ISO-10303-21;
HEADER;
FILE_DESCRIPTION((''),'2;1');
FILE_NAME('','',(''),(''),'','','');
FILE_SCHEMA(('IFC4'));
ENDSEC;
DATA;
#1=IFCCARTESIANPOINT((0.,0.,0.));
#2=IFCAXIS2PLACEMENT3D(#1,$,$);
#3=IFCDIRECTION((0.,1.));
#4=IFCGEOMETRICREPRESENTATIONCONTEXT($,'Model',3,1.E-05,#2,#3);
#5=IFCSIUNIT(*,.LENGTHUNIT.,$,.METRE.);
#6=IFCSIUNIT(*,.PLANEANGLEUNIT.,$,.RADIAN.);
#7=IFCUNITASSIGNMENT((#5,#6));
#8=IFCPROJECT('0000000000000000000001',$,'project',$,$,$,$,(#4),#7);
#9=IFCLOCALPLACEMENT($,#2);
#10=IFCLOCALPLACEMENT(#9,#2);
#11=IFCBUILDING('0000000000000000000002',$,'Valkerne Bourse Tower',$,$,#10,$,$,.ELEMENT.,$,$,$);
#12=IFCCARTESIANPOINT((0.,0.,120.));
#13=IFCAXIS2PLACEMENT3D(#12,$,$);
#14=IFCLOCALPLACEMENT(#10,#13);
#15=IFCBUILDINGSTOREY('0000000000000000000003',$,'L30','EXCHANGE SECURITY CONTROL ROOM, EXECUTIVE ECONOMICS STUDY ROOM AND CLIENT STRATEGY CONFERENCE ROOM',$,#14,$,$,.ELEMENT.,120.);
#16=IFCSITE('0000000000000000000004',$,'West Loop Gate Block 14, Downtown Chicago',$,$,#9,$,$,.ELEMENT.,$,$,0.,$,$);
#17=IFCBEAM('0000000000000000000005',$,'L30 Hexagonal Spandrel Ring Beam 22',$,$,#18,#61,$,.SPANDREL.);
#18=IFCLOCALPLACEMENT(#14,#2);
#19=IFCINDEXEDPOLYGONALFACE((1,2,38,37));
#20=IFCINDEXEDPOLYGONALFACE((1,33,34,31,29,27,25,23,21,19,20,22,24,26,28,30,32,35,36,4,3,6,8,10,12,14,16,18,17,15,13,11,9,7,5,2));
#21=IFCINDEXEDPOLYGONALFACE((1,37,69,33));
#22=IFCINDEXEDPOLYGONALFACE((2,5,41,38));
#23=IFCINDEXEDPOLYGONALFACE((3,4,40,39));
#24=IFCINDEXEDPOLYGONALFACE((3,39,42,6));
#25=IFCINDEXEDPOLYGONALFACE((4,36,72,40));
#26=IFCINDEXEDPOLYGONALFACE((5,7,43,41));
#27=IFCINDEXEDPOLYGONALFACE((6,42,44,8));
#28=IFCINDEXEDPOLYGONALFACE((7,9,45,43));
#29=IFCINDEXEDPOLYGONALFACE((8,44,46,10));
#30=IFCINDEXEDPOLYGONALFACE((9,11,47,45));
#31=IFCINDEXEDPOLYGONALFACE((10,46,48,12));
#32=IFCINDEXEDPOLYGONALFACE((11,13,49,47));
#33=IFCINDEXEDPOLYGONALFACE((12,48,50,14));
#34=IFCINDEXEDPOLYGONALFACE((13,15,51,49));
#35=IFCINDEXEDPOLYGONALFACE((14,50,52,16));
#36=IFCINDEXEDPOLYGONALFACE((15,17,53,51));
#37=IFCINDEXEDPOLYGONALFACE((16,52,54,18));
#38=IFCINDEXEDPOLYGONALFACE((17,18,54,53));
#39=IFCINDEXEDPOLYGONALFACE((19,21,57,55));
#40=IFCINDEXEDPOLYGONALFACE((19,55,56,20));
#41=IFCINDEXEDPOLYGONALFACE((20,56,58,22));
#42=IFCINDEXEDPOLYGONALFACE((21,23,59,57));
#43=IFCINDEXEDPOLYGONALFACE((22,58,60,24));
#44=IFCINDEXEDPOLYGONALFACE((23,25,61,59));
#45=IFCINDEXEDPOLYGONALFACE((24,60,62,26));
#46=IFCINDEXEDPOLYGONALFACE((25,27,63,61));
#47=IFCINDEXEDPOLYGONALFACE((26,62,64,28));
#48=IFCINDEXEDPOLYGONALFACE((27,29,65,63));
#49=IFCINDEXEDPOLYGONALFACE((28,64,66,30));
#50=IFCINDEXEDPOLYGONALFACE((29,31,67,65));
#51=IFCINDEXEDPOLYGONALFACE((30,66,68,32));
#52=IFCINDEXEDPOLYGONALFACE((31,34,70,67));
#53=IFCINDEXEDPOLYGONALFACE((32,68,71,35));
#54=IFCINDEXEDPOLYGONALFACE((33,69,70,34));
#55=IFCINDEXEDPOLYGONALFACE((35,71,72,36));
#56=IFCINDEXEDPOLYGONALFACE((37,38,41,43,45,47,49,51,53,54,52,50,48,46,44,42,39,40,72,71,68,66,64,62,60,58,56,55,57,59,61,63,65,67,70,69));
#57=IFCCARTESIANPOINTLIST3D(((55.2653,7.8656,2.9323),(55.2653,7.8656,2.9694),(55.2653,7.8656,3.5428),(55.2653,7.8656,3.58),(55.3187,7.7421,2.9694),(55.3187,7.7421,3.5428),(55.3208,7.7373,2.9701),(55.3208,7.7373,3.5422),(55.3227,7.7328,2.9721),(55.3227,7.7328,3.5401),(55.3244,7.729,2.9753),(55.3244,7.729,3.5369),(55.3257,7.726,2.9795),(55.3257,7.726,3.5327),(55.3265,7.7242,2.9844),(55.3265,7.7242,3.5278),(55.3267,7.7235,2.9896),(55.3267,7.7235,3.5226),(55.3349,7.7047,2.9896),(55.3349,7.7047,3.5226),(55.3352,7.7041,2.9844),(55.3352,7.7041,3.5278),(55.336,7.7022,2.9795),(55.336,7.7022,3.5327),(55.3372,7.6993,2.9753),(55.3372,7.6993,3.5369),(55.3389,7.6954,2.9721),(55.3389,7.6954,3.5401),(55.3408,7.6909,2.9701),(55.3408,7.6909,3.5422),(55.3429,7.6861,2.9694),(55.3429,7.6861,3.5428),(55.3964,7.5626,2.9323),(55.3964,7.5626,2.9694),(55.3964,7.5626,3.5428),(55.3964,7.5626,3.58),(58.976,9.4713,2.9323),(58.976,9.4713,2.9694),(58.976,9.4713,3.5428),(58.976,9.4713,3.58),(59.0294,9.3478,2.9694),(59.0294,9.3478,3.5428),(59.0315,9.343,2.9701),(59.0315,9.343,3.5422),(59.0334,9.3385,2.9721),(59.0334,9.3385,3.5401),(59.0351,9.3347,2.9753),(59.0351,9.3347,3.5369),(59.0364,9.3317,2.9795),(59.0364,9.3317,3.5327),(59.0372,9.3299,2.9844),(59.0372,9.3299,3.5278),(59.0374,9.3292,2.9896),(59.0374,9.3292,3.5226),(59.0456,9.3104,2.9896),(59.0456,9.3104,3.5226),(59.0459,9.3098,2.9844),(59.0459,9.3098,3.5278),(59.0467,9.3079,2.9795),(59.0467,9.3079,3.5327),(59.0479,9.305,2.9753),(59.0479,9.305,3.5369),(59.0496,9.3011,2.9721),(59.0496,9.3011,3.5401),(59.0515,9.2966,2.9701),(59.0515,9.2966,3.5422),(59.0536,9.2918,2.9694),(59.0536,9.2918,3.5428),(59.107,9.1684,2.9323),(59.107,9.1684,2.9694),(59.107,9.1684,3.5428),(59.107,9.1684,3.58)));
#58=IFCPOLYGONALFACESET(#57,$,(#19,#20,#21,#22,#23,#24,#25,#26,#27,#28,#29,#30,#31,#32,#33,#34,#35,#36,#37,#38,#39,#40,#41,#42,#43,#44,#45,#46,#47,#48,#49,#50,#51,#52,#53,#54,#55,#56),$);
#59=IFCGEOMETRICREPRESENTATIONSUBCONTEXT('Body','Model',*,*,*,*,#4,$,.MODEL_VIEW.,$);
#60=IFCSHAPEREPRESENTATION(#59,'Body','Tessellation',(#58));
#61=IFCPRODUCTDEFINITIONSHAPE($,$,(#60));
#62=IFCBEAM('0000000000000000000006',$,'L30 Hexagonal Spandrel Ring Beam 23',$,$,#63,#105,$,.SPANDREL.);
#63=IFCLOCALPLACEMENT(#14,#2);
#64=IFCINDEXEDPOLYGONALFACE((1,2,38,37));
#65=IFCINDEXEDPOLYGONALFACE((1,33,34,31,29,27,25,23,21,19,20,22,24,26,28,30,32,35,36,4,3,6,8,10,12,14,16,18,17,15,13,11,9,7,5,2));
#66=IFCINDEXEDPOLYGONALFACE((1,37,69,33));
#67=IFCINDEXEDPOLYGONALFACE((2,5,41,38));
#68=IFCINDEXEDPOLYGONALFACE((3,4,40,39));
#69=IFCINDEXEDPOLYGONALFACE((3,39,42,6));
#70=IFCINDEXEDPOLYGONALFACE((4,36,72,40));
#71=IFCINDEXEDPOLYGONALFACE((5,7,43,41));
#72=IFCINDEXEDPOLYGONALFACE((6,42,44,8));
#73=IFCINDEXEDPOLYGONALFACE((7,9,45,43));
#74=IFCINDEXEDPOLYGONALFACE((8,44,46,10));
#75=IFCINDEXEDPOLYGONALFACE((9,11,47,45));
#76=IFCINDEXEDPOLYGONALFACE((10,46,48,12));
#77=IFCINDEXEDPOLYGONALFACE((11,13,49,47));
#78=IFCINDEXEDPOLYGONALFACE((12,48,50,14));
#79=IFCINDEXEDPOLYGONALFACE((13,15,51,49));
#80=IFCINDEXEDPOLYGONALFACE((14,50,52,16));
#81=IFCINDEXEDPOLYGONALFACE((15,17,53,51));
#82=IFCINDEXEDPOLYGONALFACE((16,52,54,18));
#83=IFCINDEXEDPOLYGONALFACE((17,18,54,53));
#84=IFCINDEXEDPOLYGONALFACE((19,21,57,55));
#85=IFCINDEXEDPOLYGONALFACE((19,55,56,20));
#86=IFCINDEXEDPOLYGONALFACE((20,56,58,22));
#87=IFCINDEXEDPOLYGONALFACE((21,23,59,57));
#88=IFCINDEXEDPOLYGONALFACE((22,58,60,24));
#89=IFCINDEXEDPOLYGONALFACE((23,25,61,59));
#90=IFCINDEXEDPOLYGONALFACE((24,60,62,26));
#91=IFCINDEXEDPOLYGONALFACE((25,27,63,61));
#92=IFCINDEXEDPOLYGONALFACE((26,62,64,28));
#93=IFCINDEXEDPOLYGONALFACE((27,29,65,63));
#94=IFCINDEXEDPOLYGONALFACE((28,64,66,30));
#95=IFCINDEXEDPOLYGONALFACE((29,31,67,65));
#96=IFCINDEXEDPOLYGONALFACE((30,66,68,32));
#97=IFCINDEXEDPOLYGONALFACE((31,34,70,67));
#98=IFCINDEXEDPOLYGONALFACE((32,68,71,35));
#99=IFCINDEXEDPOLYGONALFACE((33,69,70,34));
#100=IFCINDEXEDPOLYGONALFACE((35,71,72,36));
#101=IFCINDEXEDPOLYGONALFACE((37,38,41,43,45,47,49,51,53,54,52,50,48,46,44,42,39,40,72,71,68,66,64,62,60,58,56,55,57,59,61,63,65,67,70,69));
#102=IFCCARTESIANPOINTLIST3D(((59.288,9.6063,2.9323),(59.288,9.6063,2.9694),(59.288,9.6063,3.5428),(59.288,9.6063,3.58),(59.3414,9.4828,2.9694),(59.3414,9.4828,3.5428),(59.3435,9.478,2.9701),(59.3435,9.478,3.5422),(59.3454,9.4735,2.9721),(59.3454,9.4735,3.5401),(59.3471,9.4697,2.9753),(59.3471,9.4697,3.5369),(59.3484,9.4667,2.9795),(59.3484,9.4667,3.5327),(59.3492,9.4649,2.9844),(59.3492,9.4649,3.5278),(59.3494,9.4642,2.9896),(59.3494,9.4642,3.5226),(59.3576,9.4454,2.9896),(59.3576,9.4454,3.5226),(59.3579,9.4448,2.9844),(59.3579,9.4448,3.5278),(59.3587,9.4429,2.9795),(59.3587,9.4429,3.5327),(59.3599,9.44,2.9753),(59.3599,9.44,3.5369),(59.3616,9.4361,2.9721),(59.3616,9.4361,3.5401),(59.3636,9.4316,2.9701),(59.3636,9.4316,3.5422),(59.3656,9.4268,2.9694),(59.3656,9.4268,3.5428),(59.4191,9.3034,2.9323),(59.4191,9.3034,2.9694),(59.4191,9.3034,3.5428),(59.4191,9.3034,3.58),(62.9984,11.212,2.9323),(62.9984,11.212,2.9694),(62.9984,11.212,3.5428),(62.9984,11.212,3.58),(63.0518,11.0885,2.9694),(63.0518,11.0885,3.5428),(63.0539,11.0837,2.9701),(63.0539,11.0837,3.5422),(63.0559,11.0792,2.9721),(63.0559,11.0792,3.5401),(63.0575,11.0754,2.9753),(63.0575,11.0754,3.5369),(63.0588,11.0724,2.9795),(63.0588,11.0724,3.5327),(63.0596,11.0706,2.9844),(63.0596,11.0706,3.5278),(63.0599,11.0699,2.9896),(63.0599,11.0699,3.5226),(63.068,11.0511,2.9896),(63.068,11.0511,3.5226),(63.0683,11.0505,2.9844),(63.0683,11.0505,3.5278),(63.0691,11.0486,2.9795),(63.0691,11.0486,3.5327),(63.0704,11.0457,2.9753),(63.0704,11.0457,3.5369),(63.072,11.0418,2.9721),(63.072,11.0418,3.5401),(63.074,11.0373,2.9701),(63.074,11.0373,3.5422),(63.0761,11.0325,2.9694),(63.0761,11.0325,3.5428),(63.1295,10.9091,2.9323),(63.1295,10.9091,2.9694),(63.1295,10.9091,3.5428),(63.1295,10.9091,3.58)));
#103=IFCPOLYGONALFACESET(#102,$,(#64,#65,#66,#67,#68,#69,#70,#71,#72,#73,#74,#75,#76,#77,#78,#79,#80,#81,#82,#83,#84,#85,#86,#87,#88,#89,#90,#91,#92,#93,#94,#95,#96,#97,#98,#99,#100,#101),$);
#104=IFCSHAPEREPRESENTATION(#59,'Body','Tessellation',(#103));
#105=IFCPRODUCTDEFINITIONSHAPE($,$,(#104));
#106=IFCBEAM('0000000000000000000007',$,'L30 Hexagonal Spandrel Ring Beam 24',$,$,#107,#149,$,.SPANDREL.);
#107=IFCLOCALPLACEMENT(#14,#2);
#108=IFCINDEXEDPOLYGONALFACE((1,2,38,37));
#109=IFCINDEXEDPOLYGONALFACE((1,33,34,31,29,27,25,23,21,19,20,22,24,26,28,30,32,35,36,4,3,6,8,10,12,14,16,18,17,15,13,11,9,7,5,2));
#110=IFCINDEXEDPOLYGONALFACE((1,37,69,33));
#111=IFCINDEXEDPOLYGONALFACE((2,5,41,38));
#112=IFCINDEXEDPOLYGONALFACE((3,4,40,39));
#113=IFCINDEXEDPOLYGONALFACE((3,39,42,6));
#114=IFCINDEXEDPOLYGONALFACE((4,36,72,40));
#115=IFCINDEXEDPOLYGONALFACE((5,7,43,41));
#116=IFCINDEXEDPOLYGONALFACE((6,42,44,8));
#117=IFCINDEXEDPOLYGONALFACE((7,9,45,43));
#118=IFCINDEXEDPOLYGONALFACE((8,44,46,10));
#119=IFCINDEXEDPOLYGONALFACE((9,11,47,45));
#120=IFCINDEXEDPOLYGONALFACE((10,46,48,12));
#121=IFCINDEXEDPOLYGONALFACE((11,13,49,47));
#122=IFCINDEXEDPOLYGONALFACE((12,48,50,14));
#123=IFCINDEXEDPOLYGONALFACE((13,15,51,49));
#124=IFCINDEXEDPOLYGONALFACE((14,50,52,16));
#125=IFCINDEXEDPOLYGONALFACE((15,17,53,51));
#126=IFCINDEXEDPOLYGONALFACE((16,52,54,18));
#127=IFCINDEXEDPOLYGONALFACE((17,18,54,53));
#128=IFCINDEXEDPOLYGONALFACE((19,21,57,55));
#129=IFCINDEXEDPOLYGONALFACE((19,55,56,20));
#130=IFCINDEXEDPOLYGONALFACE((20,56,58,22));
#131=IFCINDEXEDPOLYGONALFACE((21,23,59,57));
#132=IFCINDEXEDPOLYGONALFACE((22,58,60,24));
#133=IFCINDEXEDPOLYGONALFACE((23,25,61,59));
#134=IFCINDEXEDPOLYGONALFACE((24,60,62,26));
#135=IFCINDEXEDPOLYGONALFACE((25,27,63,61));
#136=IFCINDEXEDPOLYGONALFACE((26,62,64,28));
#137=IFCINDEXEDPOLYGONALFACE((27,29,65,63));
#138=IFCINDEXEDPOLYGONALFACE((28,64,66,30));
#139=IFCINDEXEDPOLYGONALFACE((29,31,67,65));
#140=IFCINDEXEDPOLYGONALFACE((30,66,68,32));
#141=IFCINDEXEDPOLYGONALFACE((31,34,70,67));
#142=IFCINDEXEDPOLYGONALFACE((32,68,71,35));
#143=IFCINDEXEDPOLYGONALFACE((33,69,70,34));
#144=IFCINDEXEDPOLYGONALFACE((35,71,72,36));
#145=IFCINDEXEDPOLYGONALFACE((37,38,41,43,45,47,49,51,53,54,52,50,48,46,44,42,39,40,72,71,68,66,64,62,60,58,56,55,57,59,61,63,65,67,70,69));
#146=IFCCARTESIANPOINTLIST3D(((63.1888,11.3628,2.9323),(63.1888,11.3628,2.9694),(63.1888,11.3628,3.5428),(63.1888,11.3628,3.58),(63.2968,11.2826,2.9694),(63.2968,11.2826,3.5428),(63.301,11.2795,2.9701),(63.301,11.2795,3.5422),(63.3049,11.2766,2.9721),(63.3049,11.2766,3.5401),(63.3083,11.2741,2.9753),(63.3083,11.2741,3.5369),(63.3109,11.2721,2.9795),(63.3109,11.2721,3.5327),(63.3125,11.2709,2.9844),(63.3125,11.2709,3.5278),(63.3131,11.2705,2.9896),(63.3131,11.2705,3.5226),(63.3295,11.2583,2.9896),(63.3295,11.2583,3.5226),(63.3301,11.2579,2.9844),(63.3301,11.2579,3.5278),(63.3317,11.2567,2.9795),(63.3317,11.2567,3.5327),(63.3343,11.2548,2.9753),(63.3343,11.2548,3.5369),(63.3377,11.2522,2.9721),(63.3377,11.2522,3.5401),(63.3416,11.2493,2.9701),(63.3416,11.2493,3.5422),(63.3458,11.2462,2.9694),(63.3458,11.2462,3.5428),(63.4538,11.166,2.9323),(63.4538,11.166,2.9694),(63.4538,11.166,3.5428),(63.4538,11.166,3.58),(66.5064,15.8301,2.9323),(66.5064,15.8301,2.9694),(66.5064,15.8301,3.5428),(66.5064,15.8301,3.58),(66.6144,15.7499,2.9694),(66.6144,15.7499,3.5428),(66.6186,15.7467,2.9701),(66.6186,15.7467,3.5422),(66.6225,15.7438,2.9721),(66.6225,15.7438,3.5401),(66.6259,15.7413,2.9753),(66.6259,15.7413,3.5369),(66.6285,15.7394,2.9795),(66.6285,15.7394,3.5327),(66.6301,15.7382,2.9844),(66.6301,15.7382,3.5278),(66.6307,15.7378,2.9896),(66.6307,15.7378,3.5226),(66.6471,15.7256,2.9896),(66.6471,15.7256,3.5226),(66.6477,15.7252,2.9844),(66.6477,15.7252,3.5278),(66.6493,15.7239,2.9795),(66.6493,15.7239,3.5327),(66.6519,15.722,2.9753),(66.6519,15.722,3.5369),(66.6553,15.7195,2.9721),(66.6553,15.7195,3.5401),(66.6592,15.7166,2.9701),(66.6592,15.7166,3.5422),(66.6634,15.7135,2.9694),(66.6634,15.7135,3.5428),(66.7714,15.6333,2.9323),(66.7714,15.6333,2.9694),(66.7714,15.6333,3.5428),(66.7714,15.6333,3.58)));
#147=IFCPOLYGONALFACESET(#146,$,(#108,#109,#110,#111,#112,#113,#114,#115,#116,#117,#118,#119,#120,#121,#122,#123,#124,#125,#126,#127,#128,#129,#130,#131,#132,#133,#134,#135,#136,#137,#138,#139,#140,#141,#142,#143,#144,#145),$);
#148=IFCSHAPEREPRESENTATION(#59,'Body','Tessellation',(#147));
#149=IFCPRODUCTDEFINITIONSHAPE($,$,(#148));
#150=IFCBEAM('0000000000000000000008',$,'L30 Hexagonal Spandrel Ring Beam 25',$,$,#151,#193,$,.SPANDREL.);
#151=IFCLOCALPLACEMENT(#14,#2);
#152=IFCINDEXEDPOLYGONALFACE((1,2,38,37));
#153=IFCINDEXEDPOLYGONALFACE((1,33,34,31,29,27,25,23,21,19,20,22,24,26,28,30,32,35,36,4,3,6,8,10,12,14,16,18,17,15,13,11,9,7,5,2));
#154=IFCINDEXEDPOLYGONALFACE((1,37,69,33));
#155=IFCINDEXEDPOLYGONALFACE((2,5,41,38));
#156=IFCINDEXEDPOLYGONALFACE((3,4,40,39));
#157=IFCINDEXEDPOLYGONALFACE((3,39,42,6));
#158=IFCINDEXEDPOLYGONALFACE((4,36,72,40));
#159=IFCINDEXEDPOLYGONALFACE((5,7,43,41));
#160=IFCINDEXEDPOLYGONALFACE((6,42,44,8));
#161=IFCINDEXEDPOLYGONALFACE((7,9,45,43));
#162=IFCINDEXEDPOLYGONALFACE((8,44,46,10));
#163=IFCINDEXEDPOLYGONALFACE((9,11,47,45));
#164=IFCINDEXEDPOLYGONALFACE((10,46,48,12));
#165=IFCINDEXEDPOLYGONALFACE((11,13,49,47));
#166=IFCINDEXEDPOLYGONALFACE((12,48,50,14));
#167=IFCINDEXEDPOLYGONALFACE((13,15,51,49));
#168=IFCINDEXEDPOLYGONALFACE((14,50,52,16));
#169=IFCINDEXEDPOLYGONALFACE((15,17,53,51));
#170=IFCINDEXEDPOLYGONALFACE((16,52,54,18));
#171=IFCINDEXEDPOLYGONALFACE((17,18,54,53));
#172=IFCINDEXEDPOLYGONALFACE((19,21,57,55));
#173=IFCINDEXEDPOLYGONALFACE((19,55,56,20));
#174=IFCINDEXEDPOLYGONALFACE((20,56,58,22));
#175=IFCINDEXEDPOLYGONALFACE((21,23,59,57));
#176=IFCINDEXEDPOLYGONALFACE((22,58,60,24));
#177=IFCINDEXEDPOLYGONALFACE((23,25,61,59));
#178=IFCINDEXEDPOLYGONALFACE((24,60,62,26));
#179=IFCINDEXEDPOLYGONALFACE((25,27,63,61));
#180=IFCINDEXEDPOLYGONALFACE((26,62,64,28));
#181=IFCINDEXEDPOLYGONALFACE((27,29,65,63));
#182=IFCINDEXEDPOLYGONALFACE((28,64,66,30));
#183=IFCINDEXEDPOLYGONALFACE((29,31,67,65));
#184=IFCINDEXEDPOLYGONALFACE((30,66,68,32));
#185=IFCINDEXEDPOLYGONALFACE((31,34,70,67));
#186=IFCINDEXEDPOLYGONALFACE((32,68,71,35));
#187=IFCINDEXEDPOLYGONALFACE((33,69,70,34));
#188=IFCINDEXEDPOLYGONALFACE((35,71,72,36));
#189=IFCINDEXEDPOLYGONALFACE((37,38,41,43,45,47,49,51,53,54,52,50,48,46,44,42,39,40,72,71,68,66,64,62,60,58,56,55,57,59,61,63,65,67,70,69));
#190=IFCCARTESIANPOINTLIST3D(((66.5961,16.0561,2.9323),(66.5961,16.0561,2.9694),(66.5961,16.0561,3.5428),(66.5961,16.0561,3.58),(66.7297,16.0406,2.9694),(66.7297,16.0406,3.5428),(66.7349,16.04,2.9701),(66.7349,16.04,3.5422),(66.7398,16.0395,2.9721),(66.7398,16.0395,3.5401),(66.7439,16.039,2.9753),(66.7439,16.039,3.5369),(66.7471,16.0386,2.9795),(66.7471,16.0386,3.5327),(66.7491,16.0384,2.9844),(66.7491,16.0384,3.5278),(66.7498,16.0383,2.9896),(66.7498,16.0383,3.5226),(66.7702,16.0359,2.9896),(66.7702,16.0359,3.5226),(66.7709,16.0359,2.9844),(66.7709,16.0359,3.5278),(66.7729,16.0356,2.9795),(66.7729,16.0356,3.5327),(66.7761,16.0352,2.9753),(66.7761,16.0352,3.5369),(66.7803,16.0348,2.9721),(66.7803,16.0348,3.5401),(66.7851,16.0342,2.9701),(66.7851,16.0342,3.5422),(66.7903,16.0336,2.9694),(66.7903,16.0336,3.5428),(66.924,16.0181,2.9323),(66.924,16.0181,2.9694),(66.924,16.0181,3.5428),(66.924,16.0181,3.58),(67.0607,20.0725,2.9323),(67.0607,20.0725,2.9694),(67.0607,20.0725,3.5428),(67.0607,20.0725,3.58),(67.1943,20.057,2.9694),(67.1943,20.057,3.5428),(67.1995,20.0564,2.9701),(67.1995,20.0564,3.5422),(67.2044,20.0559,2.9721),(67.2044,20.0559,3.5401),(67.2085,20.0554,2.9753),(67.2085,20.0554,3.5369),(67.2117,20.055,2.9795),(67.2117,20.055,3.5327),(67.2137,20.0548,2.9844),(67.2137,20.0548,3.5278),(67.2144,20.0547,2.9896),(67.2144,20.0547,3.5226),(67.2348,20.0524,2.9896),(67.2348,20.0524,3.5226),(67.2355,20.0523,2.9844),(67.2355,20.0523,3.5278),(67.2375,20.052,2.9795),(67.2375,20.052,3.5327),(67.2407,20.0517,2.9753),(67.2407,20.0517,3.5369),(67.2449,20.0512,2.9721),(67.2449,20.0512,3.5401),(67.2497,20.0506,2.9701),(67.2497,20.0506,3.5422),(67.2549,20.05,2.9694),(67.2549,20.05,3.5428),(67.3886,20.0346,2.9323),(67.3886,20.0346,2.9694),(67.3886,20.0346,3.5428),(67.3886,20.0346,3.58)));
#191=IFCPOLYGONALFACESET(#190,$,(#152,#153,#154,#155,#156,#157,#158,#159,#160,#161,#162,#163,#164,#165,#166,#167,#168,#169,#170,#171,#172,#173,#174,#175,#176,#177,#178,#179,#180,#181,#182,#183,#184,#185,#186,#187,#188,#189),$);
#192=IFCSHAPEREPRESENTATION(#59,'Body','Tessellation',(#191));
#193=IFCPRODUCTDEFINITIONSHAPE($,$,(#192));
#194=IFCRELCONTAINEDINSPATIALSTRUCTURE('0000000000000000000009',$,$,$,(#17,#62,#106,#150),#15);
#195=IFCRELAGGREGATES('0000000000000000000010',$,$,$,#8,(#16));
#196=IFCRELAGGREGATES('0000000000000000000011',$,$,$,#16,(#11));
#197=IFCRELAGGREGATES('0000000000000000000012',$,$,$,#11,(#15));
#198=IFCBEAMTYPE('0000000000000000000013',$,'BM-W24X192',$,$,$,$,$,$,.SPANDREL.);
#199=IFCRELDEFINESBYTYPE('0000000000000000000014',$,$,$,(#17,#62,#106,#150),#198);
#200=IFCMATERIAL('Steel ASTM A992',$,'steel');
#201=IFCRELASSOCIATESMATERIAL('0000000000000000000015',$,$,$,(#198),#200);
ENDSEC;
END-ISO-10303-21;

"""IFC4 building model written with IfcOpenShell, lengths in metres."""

from ifc_helpers import new_model, si_unit, direction, frame, origin, origin_2d, place, context, subcontext, project, spatial, i_section, extrude, material, material_profile, profile_set, type_object, element, save


model = new_model("IFC4")

# Units and contexts
model_context = context("Model", 3, precision=1e-05, world=origin(), true_north=direction((0.0, 1.0)))
body_context = subcontext(model_context, "Body", "Model", "MODEL_VIEW")
ifc_project = project(units=[si_unit("LENGTHUNIT", "METRE"), si_unit("PLANEANGLEUNIT", "RADIAN")], contexts=[model_context])

# Site, building, storey
site_placement = place(None, origin())
site = spatial("IfcSite", under=ifc_project, at=site_placement, Name="West Loop Gate Block 14, Downtown Chicago", CompositionType="ELEMENT", RefElevation=0.0)
building_placement = place(site_placement, origin())
building = spatial("IfcBuilding", under=site, at=building_placement, Name="Valkerne Bourse Tower", CompositionType="ELEMENT")
storey_placement = place(building_placement, frame((0.0, 0.0, 120.0)))
storey = spatial("IfcBuildingStorey", under=building, at=storey_placement, Name="L30", Description="EXCHANGE SECURITY CONTROL ROOM, EXECUTIVE ECONOMICS STUDY ROOM AND CLIENT STRATEGY CONFERENCE ROOM", CompositionType="ELEMENT", Elevation=120.0)

# Beams
ifc_material_1 = material(Name="Steel ASTM A992", Category="steel")
ifc_material_profile_1 = material_profile(ifc_material_1, i_section(OverallWidth=0.3301, OverallDepth=0.6477, WebThickness=0.0205, FlangeThickness=0.0371, FilletRadius=0.0203, at=origin_2d()), Name="W24X192")
ifc_profile_set_1 = profile_set([ifc_material_profile_1], Name="Steel ASTM A992")
beam_type = type_object("IfcBeamType", Name="BM-W24X192", PredefinedType="SPANDREL", material=ifc_profile_set_1)
beam_1_placement = place(storey_placement, frame((55.3308, 7.7141, 3.2561), z_axis=(0.917759, 0.397138, 0.0), x_axis=(-0.397138, 0.917759, 0.0)))
element("IfcBeam", 1, at=beam_1_placement, inside=storey, type_object=beam_type, Name="L30 Hexagonal Spandrel Ring Beam 22", PredefinedType="SPANDREL", context=body_context, shape_type="SweptSolid", body=[
    extrude(i_section(OverallWidth=0.3301, OverallDepth=0.6477, WebThickness=0.0205, FlangeThickness=0.0371, FilletRadius=0.0203, at=origin_2d()), origin(), (0.0, 0.0, 1.0), 4.0432),
])
beam_2_placement = place(storey_placement, frame((59.3535, 9.4548, 3.2561), z_axis=(0.917749, 0.39716, 0.0), x_axis=(-0.39716, 0.917749, 0.0)))
element("IfcBeam", 2, at=beam_2_placement, inside=storey, type_object=beam_type, Name="L30 Hexagonal Spandrel Ring Beam 23", PredefinedType="SPANDREL", context=body_context, shape_type="SweptSolid", body=[
    extrude(i_section(OverallWidth=0.3301, OverallDepth=0.6477, WebThickness=0.0205, FlangeThickness=0.0371, FilletRadius=0.0203, at=origin_2d()), origin(), (0.0, 0.0, 1.0), 4.043),
])
beam_3_placement = place(storey_placement, frame((63.3213, 11.2644, 3.2561), z_axis=(0.596217, 0.802824, 0.0), x_axis=(-0.802824, 0.596217, 0.0)))
element("IfcBeam", 3, at=beam_3_placement, inside=storey, type_object=beam_type, Name="L30 Hexagonal Spandrel Ring Beam 24", PredefinedType="SPANDREL", context=body_context, shape_type="SweptSolid", body=[
    extrude(i_section(OverallWidth=0.3301, OverallDepth=0.6477, WebThickness=0.0205, FlangeThickness=0.0371, FilletRadius=0.0203, at=origin_2d()), origin(), (0.0, 0.0, 1.0), 5.5645),
])
beam_4_placement = place(storey_placement, frame((66.76, 16.0371, 3.2561), z_axis=(0.114911, 0.993376, 0.0), x_axis=(-0.993376, 0.114911, 0.0)))
element("IfcBeam", 4, at=beam_4_placement, inside=storey, type_object=beam_type, Name="L30 Hexagonal Spandrel Ring Beam 25", PredefinedType="SPANDREL", context=body_context, shape_type="SweptSolid", body=[
    extrude(i_section(OverallWidth=0.3301, OverallDepth=0.6477, WebThickness=0.0205, FlangeThickness=0.0371, FilletRadius=0.0203, at=origin_2d()), origin(), (0.0, 0.0, 1.0), 4.0432),
])

save(model, "model.ifc")
